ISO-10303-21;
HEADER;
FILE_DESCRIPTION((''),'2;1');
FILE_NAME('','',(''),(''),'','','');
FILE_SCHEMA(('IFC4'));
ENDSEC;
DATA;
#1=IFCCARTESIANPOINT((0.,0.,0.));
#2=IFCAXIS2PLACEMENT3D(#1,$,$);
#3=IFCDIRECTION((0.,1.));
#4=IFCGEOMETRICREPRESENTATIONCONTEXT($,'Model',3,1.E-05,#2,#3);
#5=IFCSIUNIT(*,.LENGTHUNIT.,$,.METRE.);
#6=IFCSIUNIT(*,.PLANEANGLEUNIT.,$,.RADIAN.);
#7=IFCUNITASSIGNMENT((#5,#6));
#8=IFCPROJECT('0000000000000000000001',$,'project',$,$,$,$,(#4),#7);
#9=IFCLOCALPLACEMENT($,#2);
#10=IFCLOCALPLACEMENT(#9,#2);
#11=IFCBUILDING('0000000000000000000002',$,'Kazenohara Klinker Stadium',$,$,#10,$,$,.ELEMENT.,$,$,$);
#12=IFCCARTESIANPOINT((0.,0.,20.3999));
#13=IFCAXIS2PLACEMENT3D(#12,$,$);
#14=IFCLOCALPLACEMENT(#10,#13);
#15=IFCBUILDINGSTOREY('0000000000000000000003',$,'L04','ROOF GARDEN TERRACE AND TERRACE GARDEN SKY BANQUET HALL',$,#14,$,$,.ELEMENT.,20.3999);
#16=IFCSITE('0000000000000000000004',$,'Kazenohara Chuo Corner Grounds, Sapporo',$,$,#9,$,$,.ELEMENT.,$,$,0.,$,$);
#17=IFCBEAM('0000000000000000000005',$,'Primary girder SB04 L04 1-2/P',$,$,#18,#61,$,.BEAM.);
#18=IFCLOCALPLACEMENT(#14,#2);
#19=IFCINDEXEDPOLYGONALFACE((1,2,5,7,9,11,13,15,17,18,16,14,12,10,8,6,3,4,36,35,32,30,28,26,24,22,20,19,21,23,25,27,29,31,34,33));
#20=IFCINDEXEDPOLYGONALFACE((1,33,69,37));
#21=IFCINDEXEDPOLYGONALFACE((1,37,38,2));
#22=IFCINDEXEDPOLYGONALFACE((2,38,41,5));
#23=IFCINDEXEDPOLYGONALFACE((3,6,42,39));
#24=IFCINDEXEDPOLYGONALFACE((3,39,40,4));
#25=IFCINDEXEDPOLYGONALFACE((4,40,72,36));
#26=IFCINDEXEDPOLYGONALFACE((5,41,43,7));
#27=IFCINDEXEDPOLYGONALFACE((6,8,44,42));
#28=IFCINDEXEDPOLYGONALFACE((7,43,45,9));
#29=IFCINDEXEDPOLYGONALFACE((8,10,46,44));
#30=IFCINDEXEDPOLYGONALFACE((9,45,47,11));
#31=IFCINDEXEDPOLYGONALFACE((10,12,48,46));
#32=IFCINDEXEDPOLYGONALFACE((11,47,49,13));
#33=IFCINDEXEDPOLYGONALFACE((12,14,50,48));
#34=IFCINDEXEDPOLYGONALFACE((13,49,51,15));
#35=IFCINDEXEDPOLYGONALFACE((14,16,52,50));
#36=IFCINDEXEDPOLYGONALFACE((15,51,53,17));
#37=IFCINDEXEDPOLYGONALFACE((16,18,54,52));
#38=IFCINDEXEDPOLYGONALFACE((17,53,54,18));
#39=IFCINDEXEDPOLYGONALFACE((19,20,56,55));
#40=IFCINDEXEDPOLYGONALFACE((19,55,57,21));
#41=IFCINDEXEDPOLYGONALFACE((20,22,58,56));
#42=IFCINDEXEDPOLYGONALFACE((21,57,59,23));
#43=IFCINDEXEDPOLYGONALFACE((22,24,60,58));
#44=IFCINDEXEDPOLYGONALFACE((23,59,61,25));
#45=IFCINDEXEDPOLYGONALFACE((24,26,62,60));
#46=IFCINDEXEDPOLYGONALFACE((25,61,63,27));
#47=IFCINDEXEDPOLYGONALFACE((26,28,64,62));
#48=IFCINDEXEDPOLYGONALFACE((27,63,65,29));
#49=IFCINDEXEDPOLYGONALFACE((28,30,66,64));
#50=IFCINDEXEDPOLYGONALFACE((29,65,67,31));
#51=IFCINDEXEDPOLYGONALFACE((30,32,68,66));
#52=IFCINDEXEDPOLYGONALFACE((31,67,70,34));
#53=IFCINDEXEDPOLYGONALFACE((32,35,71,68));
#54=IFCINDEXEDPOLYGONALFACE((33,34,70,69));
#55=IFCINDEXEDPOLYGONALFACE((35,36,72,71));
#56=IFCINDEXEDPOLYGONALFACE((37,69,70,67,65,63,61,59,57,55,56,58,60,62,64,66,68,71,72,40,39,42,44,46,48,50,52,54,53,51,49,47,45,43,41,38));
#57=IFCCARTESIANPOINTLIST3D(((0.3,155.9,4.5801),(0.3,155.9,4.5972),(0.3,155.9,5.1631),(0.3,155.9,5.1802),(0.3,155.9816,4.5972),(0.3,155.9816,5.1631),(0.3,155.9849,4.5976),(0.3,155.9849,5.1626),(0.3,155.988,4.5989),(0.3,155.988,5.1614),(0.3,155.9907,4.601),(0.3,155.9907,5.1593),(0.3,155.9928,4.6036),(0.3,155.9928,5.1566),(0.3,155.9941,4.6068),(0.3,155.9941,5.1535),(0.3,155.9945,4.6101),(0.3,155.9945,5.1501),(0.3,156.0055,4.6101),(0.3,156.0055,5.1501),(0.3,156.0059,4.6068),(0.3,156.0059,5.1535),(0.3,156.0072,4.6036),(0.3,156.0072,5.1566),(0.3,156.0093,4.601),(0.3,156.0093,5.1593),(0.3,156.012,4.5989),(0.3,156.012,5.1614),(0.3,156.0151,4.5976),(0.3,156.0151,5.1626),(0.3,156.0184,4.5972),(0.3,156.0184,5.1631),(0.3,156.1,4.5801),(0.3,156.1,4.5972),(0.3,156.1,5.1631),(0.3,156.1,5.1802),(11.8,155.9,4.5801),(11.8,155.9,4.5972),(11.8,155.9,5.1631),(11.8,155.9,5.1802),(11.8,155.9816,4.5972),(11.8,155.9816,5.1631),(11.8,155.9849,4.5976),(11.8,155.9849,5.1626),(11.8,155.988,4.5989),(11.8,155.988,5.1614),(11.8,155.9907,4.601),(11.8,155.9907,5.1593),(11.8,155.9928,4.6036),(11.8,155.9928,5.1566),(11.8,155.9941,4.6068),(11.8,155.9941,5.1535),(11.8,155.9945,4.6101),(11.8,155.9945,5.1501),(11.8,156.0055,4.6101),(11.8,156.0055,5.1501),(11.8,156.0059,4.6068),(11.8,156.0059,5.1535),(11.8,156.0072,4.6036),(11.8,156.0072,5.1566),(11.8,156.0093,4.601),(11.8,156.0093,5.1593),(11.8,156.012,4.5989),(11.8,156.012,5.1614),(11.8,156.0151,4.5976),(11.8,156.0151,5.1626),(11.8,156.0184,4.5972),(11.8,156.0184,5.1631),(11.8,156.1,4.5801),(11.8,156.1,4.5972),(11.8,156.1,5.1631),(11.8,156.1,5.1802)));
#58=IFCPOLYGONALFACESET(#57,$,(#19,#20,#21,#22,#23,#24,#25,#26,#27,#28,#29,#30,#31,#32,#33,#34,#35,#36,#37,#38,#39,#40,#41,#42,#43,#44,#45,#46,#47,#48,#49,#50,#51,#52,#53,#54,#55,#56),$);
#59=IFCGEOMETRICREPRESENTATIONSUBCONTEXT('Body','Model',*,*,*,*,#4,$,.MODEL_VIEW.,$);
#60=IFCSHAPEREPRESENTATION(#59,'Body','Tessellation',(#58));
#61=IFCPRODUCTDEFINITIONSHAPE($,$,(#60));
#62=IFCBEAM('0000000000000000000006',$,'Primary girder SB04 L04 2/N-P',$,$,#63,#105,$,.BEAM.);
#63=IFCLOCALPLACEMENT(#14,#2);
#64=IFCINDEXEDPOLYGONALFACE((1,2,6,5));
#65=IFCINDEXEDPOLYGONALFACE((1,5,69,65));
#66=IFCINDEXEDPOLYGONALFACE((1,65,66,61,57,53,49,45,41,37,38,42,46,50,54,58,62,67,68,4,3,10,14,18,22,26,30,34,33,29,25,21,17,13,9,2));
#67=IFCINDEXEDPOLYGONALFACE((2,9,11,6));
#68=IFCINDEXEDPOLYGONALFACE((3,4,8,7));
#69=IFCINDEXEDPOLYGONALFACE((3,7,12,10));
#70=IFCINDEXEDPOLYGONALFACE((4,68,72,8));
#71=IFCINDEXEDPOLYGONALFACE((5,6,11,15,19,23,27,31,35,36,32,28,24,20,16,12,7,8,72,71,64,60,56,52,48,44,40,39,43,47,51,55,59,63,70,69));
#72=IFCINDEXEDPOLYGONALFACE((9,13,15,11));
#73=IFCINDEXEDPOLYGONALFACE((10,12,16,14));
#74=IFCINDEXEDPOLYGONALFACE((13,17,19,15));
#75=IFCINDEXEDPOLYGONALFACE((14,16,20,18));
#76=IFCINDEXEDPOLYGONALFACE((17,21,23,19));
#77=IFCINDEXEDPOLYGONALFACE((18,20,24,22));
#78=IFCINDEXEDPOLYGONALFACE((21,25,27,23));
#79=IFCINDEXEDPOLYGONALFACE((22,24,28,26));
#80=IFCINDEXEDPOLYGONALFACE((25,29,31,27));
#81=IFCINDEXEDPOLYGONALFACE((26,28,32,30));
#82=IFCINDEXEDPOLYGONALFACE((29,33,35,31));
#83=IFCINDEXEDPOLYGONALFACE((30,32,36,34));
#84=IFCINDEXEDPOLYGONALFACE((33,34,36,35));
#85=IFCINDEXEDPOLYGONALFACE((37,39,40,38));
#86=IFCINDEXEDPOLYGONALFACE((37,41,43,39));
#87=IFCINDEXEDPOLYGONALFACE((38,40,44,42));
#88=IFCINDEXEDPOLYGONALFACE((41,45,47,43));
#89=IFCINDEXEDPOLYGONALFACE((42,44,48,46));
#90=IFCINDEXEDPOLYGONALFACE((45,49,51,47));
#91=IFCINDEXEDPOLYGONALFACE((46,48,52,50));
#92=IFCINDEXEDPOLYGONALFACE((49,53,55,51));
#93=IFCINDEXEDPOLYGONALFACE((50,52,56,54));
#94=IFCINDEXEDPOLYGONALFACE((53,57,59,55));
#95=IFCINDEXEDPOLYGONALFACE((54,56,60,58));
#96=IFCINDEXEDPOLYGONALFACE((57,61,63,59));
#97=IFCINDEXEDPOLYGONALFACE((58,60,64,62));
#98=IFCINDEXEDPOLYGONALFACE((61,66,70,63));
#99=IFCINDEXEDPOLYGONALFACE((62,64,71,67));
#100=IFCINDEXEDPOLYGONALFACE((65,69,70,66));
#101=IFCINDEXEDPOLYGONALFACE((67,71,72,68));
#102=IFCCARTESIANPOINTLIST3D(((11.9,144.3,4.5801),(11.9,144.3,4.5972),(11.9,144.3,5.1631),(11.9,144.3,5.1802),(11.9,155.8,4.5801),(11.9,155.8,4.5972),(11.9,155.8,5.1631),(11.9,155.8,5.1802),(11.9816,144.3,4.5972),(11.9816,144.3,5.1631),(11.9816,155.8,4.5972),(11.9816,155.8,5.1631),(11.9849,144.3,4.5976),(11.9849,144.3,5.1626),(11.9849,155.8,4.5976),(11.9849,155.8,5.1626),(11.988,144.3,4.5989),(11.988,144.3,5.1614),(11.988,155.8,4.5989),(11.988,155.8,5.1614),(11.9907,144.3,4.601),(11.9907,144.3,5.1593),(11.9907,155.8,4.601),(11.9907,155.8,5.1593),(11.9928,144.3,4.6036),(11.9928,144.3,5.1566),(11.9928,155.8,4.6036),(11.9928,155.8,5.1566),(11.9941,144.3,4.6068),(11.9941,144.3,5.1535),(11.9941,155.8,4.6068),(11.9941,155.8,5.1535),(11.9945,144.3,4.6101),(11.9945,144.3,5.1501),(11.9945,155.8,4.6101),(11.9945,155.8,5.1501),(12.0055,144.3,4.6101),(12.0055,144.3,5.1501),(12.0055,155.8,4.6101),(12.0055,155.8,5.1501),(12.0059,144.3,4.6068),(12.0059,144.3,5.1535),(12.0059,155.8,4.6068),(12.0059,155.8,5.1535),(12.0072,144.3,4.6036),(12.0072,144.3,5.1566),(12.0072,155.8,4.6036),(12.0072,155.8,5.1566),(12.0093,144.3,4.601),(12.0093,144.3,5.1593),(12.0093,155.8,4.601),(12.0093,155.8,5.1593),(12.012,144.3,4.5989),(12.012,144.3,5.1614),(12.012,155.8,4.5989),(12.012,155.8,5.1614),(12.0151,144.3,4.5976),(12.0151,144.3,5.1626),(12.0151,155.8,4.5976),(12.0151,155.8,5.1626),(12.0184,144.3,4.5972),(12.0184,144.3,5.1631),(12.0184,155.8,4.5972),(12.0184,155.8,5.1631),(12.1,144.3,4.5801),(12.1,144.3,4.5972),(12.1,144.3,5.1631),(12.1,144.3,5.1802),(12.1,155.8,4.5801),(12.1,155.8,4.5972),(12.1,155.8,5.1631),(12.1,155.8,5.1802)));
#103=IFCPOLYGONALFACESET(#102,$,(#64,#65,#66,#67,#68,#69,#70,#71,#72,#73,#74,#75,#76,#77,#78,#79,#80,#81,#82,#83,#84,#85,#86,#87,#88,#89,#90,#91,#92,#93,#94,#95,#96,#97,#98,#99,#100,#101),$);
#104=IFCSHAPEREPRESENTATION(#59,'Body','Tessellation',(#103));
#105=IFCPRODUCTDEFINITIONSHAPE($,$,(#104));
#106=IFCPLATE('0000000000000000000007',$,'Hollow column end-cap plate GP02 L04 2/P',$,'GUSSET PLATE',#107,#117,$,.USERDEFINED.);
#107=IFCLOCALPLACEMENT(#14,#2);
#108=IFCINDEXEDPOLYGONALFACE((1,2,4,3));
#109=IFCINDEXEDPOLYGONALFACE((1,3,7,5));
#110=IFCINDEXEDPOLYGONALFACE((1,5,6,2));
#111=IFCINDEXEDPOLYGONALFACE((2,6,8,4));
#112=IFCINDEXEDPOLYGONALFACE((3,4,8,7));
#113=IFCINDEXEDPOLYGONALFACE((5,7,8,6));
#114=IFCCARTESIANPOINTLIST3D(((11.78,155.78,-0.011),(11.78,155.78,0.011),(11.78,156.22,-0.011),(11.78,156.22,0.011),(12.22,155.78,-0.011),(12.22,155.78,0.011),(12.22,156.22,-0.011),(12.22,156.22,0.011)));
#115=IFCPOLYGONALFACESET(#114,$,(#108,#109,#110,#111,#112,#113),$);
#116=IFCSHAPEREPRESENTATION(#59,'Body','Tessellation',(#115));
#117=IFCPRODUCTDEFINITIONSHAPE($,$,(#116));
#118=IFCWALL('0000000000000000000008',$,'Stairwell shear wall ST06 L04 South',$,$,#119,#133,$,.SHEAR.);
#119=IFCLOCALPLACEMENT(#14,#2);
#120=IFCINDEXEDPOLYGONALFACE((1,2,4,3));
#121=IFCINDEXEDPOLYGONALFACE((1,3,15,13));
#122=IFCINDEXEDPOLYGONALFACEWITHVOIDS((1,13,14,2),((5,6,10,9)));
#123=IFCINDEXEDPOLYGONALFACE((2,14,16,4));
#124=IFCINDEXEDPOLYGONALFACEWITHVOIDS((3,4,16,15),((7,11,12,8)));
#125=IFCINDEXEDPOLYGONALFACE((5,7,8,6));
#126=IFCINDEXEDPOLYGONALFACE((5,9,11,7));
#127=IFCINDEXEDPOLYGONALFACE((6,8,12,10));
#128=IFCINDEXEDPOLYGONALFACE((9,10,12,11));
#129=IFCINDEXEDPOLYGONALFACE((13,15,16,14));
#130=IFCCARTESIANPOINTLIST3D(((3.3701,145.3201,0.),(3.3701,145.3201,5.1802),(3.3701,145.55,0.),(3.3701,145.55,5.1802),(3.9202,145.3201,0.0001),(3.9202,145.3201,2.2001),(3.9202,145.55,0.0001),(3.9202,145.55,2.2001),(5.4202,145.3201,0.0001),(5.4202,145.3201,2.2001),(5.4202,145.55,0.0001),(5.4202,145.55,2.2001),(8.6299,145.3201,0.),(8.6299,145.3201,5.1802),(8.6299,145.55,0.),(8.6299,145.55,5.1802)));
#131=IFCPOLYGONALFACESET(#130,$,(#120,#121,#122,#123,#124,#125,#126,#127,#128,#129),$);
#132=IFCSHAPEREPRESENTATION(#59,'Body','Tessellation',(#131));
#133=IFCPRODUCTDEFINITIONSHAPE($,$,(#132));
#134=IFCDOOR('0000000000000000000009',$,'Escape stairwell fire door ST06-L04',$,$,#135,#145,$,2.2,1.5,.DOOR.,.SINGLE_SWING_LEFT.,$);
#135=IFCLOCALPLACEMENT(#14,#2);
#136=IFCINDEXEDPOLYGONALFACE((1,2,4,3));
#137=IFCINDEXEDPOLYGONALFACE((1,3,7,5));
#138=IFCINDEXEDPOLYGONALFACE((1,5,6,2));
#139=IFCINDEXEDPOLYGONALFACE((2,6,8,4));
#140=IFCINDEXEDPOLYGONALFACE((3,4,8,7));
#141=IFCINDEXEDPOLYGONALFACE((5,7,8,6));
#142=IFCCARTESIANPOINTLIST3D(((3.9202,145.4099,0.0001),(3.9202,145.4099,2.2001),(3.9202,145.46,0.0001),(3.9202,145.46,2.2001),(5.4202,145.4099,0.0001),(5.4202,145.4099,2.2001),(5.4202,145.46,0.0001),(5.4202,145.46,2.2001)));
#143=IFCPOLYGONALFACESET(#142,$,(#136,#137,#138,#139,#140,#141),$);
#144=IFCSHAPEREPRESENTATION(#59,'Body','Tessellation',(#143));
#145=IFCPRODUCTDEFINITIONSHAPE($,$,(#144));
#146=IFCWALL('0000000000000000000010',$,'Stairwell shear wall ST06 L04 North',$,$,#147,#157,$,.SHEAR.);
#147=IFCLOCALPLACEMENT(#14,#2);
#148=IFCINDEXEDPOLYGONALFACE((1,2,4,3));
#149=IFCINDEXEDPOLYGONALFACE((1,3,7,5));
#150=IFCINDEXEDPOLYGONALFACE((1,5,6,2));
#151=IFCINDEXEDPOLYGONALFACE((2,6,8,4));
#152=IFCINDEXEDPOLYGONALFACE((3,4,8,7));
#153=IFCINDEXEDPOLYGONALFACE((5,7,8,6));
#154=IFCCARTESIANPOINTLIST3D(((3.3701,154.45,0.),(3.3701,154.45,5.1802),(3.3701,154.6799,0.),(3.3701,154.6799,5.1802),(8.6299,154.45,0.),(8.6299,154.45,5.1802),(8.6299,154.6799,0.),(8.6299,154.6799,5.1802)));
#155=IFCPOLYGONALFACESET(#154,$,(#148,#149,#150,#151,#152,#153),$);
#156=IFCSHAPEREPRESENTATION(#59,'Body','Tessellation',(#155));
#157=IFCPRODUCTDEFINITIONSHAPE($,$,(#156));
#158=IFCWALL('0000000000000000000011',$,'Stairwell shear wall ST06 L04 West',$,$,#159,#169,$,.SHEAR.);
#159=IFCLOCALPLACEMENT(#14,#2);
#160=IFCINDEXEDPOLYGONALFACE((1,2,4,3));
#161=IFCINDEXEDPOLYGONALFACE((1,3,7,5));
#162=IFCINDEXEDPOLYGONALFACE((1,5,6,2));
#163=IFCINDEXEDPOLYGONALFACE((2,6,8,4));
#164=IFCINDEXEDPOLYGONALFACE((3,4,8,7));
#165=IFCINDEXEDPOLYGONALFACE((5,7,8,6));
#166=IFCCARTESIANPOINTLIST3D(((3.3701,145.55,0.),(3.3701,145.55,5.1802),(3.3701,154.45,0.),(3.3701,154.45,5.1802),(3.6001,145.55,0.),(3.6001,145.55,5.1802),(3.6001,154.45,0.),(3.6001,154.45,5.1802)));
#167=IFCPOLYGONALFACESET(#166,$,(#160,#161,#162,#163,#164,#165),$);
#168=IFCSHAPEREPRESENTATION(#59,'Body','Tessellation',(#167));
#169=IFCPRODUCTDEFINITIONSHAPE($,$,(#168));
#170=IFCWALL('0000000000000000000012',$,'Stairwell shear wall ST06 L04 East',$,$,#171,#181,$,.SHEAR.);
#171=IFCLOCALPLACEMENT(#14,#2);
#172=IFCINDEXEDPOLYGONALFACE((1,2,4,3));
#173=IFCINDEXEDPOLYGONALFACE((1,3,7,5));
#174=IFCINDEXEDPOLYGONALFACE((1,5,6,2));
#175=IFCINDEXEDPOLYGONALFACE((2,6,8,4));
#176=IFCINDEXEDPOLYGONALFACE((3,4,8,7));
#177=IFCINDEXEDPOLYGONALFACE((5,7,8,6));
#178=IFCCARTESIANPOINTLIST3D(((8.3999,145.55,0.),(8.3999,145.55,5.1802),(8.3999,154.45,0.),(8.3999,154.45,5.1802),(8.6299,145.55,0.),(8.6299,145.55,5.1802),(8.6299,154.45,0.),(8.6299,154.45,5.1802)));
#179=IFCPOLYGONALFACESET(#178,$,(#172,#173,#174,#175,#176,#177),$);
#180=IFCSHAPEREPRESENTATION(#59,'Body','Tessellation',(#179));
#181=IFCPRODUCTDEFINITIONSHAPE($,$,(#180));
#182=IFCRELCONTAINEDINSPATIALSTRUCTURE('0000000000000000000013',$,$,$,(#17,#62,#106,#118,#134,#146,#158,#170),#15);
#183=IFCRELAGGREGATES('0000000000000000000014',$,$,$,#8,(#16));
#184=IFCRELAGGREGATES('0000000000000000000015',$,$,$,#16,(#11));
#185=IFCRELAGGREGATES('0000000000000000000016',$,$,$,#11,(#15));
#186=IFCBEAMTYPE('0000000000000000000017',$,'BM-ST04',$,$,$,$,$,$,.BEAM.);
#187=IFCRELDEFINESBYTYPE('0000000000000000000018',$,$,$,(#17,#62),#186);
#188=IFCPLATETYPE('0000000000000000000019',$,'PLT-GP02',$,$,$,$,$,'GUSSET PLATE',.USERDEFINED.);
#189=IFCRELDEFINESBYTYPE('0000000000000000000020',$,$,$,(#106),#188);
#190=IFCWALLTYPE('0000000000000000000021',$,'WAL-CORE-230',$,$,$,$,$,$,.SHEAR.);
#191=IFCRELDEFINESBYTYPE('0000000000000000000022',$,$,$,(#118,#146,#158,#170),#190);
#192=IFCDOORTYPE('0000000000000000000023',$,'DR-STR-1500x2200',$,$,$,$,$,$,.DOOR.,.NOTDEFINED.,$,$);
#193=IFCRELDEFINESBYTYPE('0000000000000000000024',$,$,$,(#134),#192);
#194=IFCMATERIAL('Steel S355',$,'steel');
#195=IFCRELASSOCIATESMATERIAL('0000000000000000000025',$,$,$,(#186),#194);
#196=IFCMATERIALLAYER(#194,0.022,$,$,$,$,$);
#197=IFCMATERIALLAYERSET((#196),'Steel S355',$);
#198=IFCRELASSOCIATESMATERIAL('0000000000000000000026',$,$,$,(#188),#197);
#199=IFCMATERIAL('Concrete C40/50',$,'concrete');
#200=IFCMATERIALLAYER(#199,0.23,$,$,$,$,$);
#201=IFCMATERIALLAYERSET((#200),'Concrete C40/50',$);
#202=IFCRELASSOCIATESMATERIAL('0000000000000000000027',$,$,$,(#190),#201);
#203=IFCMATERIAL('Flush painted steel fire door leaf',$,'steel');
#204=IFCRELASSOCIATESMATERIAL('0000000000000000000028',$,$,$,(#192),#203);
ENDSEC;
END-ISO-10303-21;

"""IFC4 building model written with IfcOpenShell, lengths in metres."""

from ifc_helpers import new_model, si_unit, direction, frame, frame_2d, origin, origin_2d, place, context, subcontext, project, spatial, rectangle, i_section, extrude, material, layer, layer_set, material_profile, profile_set, type_object, element, fill, save


model = new_model("IFC4")

# Units and contexts
model_context = context("Model", 3, precision=1e-05, world=origin(), true_north=direction((0.0, 1.0)))
body_context = subcontext(model_context, "Body", "Model", "MODEL_VIEW")
ifc_project = project(units=[si_unit("LENGTHUNIT", "METRE"), si_unit("PLANEANGLEUNIT", "RADIAN")], contexts=[model_context])

# Site, building, storey
site_placement = place(None, origin())
site = spatial("IfcSite", under=ifc_project, at=site_placement, Name="Kazenohara Chuo Corner Grounds, Sapporo", CompositionType="ELEMENT", RefElevation=0.0)
building_placement = place(site_placement, origin())
building = spatial("IfcBuilding", under=site, at=building_placement, Name="Kazenohara Klinker Stadium", CompositionType="ELEMENT")
storey_placement = place(building_placement, frame((0.0, 0.0, 20.3999)))
storey = spatial("IfcBuildingStorey", under=building, at=storey_placement, Name="L04", Description="ROOF GARDEN TERRACE AND TERRACE GARDEN SKY BANQUET HALL", CompositionType="ELEMENT", Elevation=20.3999)

# Shared definitions
ifc_material_1 = material(Name="Concrete C40/50", Category="concrete")
ifc_material_2 = material(Name="Steel S355", Category="steel")

# Beams
ifc_material_profile_1 = material_profile(ifc_material_2, i_section(OverallWidth=0.2, OverallDepth=0.6001, WebThickness=0.011, FlangeThickness=0.0171, FilletRadius=0.0129, at=origin_2d()), Name="H-600x200x11x17")
ifc_profile_set_1 = profile_set([ifc_material_profile_1], Name="Steel S355")
beam_type_1 = type_object("IfcBeamType", Name="BM-ST04", PredefinedType="BEAM", material=ifc_profile_set_1)
for number, where, z_axis, x_axis, name in (
    (1, (0.3, 156.0, 4.8801), (1.0, 0.0, 0.0), (0.0, 1.0, 0.0), "Primary girder SB04 L04 1-2/P"),
    (2, (12.0, 144.3, 4.8801), (0.0, 1.0, 0.0), (-1.0, 0.0, 0.0), "Primary girder SB04 L04 2/N-P"),
):
    element("IfcBeam", number, at=place(storey_placement, frame(where, z_axis=z_axis, x_axis=x_axis)), inside=storey, type_object=beam_type_1, Name=name, PredefinedType="BEAM", context=body_context, shape_type="SweptSolid", body=[
        extrude(i_section(OverallWidth=0.2, OverallDepth=0.6001, WebThickness=0.011, FlangeThickness=0.0171, FilletRadius=0.0129, at=origin_2d()), origin(), (0.0, 0.0, 1.0), 11.5),
    ])

# Plate
ifc_layer_1 = layer(ifc_material_2, 0.022)
ifc_layer_set_1 = layer_set([ifc_layer_1], Name="Steel S355")
plate_type = type_object("IfcPlateType", Name="PLT-GP02", ElementType="GUSSET PLATE", PredefinedType="USERDEFINED", material=ifc_layer_set_1)
plate_placement = place(storey_placement, frame((12.0, 156.0, -0.011), z_axis=(0.0, 0.0, 1.0), x_axis=(1.0, 0.0, 0.0)))
element("IfcPlate", 3, at=plate_placement, inside=storey, type_object=plate_type, Name="Hollow column end-cap plate GP02 L04 2/P", ObjectType="GUSSET PLATE", PredefinedType="USERDEFINED", context=body_context, shape_type="SweptSolid", body=[
    extrude(rectangle(XDim=0.4399, YDim=0.4399, at=origin_2d()), origin(), (0.0, 0.0, 1.0), 0.022),
])

# Wall, opening, door
ifc_layer_2 = layer(ifc_material_1, 0.23)
ifc_layer_set_2 = layer_set([ifc_layer_2], Name="Concrete C40/50")
wall_type_1 = type_object("IfcWallType", Name="WAL-CORE-230", PredefinedType="SHEAR", material=ifc_layer_set_2)
wall_1_placement = place(storey_placement, frame((3.3701, 145.4351, 0.0), z_axis=(0.0, 0.0, 1.0), x_axis=(1.0, 0.0, 0.0)))
wall_1 = element("IfcWall", 4, at=wall_1_placement, inside=storey, type_object=wall_type_1, Name="Stairwell shear wall ST06 L04 South", PredefinedType="SHEAR", context=body_context, shape_type="SweptSolid", body=[
    extrude(rectangle(XDim=5.2598, YDim=0.23, at=frame_2d((2.6299, 0.0))), origin(), (0.0, 0.0, 1.0), 5.1802),
])
opening_1_placement = place(wall_1_placement, frame((0.55, 0.0, 0.0)))
opening_1 = element("IfcOpeningElement", 5, at=opening_1_placement, cuts=wall_1, PredefinedType="OPENING", context=body_context, shape_type="SweptSolid", body=[
    extrude(rectangle(XDim=1.5, YDim=2.2, at=frame_2d((0.75, 1.1001))), frame((0.0, 0.125, 0.0), z_axis=(0.0, -1.0, 0.0), x_axis=(1.0, 0.0, 0.0)), (0.0, 0.0, 1.0), 0.25),
])
ifc_material_3 = material(Name="Flush painted steel fire door leaf", Category="steel")
door_type = type_object("IfcDoorType", Name="DR-STR-1500x2200", OperationType="NOTDEFINED", PredefinedType="DOOR", material=ifc_material_3)
door_placement = place(opening_1_placement, origin())
door = element("IfcDoor", 6, at=door_placement, inside=storey, type_object=door_type, Name="Escape stairwell fire door ST06-L04", OperationType="SINGLE_SWING_LEFT", OverallHeight=2.2, OverallWidth=1.5, PredefinedType="DOOR", context=body_context, shape_type="SweptSolid", body=[
    extrude(rectangle(XDim=1.5, YDim=2.2, at=frame_2d((0.75, 1.1001))), frame((0.0, 0.0249, 0.0), z_axis=(0.0, -1.0, 0.0), x_axis=(1.0, 0.0, 0.0)), (0.0, 0.0, 1.0), 0.05),
])
fill(opening_1, door)

# Walls
wall_2_placement = place(storey_placement, frame((3.3701, 154.5649, 0.0), z_axis=(0.0, 0.0, 1.0), x_axis=(1.0, 0.0, 0.0)))
element("IfcWall", 7, at=wall_2_placement, inside=storey, type_object=wall_type_1, Name="Stairwell shear wall ST06 L04 North", PredefinedType="SHEAR", context=body_context, shape_type="SweptSolid", body=[
    extrude(rectangle(XDim=5.2598, YDim=0.23, at=frame_2d((2.6299, 0.0))), origin(), (0.0, 0.0, 1.0), 5.1802),
])
for number, where, z_axis, x_axis, name in (
    (8, (3.4851, 145.55, 0.0), (0.0, 0.0, 1.0), (0.0, 1.0, 0.0), "Stairwell shear wall ST06 L04 West"),
    (9, (8.5149, 145.55, 0.0), (0.0, 0.0, 1.0), (0.0, 1.0, 0.0), "Stairwell shear wall ST06 L04 East"),
):
    element("IfcWall", number, at=place(storey_placement, frame(where, z_axis=z_axis, x_axis=x_axis)), inside=storey, type_object=wall_type_1, Name=name, PredefinedType="SHEAR", context=body_context, shape_type="SweptSolid", body=[
        extrude(rectangle(XDim=8.8999, YDim=0.23, at=frame_2d((4.45, 0.0))), origin(), (0.0, 0.0, 1.0), 5.1802),
    ])

save(model, "model.ifc")
